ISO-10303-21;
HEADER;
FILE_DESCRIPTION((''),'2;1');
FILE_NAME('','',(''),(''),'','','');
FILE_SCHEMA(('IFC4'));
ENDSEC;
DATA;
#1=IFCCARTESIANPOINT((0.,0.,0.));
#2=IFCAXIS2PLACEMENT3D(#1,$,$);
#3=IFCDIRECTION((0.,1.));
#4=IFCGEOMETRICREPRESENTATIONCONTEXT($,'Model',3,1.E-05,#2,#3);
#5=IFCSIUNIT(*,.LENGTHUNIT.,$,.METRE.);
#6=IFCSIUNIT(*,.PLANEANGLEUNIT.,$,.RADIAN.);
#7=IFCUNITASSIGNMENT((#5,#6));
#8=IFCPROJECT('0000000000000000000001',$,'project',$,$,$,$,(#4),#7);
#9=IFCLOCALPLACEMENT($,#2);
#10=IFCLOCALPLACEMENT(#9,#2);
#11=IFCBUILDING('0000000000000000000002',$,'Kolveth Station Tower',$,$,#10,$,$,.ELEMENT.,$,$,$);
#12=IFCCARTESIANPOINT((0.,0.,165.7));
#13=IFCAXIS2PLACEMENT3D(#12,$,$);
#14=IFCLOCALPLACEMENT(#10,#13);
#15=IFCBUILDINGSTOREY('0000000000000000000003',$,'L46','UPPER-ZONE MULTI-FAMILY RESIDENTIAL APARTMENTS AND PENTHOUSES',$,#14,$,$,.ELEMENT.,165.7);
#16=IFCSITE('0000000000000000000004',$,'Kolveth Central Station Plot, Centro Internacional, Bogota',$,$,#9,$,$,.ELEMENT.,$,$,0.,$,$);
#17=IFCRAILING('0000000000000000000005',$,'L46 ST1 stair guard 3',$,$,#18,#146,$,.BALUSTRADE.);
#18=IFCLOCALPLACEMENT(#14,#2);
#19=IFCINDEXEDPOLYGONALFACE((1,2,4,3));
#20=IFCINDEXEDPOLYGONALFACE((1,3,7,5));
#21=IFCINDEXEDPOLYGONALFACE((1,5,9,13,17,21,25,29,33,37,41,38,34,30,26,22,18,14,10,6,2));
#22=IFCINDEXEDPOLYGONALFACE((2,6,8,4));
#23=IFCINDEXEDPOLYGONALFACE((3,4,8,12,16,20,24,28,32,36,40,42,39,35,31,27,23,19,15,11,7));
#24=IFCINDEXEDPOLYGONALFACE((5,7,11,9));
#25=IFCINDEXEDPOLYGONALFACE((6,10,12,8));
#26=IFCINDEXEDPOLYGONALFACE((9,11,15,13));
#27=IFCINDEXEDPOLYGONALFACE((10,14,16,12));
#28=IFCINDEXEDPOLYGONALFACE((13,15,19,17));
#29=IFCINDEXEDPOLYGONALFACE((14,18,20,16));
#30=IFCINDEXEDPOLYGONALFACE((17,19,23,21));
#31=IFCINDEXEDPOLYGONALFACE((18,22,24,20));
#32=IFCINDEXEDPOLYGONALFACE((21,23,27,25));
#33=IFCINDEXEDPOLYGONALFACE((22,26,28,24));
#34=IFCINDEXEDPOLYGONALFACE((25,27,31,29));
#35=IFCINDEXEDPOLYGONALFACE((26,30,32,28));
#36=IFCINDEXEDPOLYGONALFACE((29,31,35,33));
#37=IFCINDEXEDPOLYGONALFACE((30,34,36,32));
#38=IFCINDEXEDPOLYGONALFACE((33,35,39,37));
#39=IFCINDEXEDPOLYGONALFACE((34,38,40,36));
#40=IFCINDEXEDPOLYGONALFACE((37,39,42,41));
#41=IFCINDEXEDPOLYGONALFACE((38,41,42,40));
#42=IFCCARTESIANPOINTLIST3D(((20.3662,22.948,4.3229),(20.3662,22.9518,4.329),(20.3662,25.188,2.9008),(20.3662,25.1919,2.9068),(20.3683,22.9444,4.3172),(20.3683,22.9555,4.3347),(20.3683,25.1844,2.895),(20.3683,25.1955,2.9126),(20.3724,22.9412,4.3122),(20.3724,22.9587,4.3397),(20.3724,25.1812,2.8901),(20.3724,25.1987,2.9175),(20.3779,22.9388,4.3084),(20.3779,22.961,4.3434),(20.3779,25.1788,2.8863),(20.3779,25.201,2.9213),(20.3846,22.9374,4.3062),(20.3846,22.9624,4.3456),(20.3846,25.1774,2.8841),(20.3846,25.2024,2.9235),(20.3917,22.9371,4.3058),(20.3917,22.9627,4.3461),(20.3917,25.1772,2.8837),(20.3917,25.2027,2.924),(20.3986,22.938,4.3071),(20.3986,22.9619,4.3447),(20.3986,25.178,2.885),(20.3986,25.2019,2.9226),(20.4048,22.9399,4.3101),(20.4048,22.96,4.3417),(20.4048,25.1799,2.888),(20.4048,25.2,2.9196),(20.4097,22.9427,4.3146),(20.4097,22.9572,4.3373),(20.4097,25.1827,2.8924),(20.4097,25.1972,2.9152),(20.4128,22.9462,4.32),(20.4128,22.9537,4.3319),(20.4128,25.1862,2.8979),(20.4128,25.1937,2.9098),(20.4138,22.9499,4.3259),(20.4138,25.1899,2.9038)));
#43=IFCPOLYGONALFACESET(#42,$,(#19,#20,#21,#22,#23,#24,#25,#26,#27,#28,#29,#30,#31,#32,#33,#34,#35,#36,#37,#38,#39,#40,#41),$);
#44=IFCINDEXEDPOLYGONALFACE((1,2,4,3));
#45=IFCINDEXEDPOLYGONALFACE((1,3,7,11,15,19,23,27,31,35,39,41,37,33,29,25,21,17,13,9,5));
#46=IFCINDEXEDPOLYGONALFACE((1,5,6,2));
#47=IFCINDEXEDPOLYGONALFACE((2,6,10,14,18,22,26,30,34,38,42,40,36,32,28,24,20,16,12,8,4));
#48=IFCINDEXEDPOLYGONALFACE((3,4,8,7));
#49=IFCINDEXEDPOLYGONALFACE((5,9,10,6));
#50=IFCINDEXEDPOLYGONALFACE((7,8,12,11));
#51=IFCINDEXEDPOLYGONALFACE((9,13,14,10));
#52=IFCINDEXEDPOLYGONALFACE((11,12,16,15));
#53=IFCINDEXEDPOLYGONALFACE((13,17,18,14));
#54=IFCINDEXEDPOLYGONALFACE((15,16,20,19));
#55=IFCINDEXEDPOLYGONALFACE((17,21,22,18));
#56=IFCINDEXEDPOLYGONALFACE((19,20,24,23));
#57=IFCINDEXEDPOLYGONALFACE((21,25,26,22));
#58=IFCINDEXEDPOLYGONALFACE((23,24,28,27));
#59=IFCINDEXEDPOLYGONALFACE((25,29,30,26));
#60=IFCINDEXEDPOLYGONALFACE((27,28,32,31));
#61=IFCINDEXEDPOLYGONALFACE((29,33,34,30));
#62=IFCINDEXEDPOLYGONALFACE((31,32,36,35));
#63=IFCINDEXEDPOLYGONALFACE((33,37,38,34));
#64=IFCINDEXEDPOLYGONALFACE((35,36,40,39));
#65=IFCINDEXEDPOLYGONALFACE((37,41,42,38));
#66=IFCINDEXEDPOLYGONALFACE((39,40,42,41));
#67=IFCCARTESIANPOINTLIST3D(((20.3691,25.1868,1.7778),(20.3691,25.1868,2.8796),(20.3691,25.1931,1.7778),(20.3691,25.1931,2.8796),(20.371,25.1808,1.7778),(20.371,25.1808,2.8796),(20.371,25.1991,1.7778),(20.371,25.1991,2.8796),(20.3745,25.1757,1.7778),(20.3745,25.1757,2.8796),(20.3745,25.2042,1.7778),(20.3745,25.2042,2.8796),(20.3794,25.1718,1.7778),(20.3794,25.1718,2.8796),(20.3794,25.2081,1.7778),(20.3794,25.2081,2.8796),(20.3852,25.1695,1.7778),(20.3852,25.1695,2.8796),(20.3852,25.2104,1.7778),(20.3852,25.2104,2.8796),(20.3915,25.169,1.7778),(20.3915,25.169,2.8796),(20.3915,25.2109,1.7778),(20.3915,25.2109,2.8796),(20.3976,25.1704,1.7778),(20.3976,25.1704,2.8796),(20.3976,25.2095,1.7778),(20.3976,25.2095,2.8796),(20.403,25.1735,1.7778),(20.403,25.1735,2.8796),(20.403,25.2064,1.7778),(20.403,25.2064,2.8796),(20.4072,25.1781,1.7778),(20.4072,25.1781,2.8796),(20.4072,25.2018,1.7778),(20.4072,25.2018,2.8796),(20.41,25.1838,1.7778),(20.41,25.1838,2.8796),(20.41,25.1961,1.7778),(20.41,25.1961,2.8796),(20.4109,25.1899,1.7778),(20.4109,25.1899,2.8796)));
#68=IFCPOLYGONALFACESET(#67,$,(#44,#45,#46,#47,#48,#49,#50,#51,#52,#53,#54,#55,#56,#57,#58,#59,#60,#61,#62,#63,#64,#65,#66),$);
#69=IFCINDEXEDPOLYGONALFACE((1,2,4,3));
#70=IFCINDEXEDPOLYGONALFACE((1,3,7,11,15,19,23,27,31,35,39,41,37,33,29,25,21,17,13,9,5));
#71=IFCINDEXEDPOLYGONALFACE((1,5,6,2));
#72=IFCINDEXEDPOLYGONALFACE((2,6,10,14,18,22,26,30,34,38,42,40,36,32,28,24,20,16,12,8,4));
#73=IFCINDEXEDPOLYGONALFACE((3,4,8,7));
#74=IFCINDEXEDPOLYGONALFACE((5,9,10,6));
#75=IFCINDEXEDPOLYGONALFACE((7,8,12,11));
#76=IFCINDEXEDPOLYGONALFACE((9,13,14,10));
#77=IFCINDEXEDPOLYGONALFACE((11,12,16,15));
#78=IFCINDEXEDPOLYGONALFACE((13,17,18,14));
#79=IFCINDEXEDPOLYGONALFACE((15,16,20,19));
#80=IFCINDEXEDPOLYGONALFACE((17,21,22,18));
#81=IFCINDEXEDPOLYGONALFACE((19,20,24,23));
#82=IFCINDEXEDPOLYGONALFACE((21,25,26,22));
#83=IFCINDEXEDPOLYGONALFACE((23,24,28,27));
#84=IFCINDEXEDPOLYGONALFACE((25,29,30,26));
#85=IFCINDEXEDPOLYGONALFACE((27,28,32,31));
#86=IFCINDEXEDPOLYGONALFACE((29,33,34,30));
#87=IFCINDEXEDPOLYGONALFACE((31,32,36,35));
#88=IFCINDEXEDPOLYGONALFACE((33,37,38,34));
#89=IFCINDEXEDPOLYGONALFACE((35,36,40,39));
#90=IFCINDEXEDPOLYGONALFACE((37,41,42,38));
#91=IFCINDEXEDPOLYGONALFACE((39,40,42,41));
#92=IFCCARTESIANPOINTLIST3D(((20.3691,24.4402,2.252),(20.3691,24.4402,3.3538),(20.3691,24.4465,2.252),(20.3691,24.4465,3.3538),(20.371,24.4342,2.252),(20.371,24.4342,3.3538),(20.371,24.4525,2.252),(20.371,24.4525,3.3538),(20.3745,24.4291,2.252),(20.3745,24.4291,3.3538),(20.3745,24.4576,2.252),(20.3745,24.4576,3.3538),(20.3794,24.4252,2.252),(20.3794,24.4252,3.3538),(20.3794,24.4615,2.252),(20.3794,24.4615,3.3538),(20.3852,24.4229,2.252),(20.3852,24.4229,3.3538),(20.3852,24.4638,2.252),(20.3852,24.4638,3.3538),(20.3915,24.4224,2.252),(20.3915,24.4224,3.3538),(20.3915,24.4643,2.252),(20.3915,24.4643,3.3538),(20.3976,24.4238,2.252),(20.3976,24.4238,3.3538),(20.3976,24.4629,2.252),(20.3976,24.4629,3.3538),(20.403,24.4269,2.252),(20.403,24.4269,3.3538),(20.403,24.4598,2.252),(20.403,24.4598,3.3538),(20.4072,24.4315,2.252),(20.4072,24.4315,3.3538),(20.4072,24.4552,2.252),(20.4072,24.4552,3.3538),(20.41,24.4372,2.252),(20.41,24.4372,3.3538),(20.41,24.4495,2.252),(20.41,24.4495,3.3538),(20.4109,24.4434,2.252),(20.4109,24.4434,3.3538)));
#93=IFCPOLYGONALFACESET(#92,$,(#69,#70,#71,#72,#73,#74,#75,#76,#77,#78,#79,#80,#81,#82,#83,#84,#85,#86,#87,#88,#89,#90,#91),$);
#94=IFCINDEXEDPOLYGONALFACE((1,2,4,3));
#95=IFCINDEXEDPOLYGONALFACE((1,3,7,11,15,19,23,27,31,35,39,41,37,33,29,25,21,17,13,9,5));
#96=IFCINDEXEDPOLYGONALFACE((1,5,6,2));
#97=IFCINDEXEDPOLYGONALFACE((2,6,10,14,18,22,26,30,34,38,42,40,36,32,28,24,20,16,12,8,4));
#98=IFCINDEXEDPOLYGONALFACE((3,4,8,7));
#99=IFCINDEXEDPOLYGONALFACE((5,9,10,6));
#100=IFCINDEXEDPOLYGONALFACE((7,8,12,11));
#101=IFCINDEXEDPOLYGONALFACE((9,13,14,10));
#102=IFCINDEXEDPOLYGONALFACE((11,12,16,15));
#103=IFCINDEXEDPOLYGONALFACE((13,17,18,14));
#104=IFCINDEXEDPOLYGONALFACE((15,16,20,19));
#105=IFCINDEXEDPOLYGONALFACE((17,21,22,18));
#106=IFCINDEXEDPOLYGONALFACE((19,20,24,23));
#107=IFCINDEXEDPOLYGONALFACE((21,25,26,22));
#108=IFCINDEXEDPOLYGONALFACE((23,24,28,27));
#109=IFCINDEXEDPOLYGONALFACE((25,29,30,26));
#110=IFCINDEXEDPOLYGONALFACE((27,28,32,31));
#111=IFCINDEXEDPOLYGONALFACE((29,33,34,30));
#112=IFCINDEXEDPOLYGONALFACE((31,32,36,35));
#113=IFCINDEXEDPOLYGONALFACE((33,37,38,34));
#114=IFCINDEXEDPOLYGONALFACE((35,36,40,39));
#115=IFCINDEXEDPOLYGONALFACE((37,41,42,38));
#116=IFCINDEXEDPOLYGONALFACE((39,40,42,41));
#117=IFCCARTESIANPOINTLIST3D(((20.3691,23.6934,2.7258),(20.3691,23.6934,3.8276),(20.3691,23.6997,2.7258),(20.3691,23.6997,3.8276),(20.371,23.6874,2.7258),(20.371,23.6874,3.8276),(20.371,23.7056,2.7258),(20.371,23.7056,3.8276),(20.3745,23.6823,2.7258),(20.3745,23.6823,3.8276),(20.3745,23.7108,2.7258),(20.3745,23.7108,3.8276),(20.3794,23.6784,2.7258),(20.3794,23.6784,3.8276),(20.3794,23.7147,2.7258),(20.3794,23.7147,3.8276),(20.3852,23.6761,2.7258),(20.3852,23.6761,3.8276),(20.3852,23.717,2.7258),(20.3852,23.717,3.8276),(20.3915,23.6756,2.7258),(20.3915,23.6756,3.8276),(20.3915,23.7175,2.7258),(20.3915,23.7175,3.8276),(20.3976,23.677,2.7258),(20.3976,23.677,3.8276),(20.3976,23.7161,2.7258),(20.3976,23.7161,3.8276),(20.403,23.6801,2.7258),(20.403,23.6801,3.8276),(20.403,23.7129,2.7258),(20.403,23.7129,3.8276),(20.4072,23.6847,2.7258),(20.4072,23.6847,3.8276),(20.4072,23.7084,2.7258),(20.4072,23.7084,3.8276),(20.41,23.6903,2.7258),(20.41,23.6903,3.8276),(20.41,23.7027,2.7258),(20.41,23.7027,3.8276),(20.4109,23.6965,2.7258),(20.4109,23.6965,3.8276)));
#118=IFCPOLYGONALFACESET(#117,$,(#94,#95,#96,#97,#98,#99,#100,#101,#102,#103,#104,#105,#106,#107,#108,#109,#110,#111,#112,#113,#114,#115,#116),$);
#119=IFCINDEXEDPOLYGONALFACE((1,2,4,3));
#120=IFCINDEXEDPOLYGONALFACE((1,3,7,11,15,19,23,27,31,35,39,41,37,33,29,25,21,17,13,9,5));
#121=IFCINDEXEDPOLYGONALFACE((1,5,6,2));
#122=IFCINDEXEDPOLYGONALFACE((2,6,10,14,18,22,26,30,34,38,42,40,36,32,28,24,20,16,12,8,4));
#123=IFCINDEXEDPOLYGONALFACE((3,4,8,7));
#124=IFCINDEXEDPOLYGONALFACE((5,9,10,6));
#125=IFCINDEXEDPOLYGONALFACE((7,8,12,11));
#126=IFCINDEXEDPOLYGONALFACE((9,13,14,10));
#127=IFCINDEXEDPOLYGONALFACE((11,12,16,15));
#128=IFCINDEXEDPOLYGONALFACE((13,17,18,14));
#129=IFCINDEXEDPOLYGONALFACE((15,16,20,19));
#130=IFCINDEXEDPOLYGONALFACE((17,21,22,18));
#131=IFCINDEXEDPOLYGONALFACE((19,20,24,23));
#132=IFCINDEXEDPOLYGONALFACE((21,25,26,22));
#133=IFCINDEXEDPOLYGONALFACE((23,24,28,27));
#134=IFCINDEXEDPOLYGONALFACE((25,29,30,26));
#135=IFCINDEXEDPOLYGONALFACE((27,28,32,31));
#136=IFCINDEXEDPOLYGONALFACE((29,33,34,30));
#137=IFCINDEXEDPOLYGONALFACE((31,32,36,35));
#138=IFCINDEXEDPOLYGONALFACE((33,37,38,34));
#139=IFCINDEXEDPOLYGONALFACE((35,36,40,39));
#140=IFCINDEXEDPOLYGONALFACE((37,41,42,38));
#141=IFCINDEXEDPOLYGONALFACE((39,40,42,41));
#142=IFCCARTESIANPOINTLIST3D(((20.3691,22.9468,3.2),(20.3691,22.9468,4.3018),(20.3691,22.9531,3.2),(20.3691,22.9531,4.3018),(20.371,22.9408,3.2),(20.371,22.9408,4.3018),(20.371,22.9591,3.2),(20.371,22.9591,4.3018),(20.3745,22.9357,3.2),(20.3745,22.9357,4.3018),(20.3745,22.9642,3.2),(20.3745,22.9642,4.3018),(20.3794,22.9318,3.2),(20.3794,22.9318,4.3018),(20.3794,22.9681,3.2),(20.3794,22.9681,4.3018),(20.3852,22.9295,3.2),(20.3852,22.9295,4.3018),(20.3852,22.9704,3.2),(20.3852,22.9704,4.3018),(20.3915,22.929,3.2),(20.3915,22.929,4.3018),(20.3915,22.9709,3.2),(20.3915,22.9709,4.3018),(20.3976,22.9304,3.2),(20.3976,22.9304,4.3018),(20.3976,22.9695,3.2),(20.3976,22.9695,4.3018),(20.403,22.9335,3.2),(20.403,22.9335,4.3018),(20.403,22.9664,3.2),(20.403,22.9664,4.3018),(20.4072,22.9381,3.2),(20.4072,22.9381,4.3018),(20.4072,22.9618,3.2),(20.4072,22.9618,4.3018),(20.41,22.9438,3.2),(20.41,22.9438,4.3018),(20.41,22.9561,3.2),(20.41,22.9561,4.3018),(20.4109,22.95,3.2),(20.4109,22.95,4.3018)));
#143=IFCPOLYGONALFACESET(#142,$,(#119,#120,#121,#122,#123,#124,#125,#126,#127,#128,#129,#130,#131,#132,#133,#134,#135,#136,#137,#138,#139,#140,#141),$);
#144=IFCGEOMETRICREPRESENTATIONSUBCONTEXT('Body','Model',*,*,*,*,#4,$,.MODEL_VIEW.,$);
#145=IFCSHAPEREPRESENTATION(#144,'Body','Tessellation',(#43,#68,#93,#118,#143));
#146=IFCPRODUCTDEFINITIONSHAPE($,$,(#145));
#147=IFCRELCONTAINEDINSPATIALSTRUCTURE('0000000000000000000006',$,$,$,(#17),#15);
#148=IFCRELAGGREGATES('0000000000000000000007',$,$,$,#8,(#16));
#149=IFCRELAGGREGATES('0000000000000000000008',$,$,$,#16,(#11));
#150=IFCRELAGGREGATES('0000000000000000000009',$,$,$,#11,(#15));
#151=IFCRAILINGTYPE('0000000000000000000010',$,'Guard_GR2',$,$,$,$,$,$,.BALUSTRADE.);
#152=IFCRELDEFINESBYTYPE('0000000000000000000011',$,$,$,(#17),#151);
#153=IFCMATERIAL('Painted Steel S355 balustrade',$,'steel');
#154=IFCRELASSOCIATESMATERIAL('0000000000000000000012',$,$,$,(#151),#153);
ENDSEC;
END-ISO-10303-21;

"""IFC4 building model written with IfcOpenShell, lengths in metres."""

from ifc_helpers import new_model, si_unit, direction, frame, origin, origin_2d, place, context, subcontext, project, spatial, circle, extrude, material, type_object, element, save


model = new_model("IFC4")

# Units and contexts
model_context = context("Model", 3, precision=1e-05, world=origin(), true_north=direction((0.0, 1.0)))
body_context = subcontext(model_context, "Body", "Model", "MODEL_VIEW")
ifc_project = project(units=[si_unit("LENGTHUNIT", "METRE"), si_unit("PLANEANGLEUNIT", "RADIAN")], contexts=[model_context])

# Site, building, storey
site_placement = place(None, origin())
site = spatial("IfcSite", under=ifc_project, at=site_placement, Name="Kolveth Central Station Plot, Centro Internacional, Bogota", CompositionType="ELEMENT", RefElevation=0.0)
building_placement = place(site_placement, origin())
building = spatial("IfcBuilding", under=site, at=building_placement, Name="Kolveth Station Tower", CompositionType="ELEMENT")
storey_placement = place(building_placement, frame((0.0, 0.0, 165.7)))
storey = spatial("IfcBuildingStorey", under=building, at=storey_placement, Name="L46", Description="UPPER-ZONE MULTI-FAMILY RESIDENTIAL APARTMENTS AND PENTHOUSES", CompositionType="ELEMENT", Elevation=165.7)

# Railing
ifc_material_1 = material(Name="Painted Steel S355 balustrade", Category="steel")
railing_type_1 = type_object("IfcRailingType", Name="Guard_GR2", PredefinedType="BALUSTRADE", material=ifc_material_1)
railing_1_placement = place(storey_placement, frame((20.3899, 25.1899, 1.7778)))
element("IfcRailing", 1, at=railing_1_placement, inside=storey, type_object=railing_type_1, Name="L46 ST1 stair guard 3", PredefinedType="BALUSTRADE", context=body_context, shape_type="SweptSolid", body=[
    extrude(circle(Radius=0.0239, at=origin_2d()), frame((0.0, 0.0, 1.126), z_axis=(0.0, -0.844229, 0.535982), x_axis=(1.0, 0.0, 0.0)), (0.0, 0.0, 1.0), 2.6533),
    extrude(circle(Radius=0.021, at=origin_2d()), origin(), (0.0, 0.0, 1.0), 1.1018),
    extrude(circle(Radius=0.021, at=origin_2d()), frame((0.0, -0.7466, 0.4741)), (0.0, 0.0, 1.0), 1.1018),
    extrude(circle(Radius=0.021, at=origin_2d()), frame((0.0, -1.4934, 0.948)), (0.0, 0.0, 1.0), 1.1018),
    extrude(circle(Radius=0.021, at=origin_2d()), frame((0.0, -2.24, 1.4221)), (0.0, 0.0, 1.0), 1.1018),
])

save(model, "model.ifc")
